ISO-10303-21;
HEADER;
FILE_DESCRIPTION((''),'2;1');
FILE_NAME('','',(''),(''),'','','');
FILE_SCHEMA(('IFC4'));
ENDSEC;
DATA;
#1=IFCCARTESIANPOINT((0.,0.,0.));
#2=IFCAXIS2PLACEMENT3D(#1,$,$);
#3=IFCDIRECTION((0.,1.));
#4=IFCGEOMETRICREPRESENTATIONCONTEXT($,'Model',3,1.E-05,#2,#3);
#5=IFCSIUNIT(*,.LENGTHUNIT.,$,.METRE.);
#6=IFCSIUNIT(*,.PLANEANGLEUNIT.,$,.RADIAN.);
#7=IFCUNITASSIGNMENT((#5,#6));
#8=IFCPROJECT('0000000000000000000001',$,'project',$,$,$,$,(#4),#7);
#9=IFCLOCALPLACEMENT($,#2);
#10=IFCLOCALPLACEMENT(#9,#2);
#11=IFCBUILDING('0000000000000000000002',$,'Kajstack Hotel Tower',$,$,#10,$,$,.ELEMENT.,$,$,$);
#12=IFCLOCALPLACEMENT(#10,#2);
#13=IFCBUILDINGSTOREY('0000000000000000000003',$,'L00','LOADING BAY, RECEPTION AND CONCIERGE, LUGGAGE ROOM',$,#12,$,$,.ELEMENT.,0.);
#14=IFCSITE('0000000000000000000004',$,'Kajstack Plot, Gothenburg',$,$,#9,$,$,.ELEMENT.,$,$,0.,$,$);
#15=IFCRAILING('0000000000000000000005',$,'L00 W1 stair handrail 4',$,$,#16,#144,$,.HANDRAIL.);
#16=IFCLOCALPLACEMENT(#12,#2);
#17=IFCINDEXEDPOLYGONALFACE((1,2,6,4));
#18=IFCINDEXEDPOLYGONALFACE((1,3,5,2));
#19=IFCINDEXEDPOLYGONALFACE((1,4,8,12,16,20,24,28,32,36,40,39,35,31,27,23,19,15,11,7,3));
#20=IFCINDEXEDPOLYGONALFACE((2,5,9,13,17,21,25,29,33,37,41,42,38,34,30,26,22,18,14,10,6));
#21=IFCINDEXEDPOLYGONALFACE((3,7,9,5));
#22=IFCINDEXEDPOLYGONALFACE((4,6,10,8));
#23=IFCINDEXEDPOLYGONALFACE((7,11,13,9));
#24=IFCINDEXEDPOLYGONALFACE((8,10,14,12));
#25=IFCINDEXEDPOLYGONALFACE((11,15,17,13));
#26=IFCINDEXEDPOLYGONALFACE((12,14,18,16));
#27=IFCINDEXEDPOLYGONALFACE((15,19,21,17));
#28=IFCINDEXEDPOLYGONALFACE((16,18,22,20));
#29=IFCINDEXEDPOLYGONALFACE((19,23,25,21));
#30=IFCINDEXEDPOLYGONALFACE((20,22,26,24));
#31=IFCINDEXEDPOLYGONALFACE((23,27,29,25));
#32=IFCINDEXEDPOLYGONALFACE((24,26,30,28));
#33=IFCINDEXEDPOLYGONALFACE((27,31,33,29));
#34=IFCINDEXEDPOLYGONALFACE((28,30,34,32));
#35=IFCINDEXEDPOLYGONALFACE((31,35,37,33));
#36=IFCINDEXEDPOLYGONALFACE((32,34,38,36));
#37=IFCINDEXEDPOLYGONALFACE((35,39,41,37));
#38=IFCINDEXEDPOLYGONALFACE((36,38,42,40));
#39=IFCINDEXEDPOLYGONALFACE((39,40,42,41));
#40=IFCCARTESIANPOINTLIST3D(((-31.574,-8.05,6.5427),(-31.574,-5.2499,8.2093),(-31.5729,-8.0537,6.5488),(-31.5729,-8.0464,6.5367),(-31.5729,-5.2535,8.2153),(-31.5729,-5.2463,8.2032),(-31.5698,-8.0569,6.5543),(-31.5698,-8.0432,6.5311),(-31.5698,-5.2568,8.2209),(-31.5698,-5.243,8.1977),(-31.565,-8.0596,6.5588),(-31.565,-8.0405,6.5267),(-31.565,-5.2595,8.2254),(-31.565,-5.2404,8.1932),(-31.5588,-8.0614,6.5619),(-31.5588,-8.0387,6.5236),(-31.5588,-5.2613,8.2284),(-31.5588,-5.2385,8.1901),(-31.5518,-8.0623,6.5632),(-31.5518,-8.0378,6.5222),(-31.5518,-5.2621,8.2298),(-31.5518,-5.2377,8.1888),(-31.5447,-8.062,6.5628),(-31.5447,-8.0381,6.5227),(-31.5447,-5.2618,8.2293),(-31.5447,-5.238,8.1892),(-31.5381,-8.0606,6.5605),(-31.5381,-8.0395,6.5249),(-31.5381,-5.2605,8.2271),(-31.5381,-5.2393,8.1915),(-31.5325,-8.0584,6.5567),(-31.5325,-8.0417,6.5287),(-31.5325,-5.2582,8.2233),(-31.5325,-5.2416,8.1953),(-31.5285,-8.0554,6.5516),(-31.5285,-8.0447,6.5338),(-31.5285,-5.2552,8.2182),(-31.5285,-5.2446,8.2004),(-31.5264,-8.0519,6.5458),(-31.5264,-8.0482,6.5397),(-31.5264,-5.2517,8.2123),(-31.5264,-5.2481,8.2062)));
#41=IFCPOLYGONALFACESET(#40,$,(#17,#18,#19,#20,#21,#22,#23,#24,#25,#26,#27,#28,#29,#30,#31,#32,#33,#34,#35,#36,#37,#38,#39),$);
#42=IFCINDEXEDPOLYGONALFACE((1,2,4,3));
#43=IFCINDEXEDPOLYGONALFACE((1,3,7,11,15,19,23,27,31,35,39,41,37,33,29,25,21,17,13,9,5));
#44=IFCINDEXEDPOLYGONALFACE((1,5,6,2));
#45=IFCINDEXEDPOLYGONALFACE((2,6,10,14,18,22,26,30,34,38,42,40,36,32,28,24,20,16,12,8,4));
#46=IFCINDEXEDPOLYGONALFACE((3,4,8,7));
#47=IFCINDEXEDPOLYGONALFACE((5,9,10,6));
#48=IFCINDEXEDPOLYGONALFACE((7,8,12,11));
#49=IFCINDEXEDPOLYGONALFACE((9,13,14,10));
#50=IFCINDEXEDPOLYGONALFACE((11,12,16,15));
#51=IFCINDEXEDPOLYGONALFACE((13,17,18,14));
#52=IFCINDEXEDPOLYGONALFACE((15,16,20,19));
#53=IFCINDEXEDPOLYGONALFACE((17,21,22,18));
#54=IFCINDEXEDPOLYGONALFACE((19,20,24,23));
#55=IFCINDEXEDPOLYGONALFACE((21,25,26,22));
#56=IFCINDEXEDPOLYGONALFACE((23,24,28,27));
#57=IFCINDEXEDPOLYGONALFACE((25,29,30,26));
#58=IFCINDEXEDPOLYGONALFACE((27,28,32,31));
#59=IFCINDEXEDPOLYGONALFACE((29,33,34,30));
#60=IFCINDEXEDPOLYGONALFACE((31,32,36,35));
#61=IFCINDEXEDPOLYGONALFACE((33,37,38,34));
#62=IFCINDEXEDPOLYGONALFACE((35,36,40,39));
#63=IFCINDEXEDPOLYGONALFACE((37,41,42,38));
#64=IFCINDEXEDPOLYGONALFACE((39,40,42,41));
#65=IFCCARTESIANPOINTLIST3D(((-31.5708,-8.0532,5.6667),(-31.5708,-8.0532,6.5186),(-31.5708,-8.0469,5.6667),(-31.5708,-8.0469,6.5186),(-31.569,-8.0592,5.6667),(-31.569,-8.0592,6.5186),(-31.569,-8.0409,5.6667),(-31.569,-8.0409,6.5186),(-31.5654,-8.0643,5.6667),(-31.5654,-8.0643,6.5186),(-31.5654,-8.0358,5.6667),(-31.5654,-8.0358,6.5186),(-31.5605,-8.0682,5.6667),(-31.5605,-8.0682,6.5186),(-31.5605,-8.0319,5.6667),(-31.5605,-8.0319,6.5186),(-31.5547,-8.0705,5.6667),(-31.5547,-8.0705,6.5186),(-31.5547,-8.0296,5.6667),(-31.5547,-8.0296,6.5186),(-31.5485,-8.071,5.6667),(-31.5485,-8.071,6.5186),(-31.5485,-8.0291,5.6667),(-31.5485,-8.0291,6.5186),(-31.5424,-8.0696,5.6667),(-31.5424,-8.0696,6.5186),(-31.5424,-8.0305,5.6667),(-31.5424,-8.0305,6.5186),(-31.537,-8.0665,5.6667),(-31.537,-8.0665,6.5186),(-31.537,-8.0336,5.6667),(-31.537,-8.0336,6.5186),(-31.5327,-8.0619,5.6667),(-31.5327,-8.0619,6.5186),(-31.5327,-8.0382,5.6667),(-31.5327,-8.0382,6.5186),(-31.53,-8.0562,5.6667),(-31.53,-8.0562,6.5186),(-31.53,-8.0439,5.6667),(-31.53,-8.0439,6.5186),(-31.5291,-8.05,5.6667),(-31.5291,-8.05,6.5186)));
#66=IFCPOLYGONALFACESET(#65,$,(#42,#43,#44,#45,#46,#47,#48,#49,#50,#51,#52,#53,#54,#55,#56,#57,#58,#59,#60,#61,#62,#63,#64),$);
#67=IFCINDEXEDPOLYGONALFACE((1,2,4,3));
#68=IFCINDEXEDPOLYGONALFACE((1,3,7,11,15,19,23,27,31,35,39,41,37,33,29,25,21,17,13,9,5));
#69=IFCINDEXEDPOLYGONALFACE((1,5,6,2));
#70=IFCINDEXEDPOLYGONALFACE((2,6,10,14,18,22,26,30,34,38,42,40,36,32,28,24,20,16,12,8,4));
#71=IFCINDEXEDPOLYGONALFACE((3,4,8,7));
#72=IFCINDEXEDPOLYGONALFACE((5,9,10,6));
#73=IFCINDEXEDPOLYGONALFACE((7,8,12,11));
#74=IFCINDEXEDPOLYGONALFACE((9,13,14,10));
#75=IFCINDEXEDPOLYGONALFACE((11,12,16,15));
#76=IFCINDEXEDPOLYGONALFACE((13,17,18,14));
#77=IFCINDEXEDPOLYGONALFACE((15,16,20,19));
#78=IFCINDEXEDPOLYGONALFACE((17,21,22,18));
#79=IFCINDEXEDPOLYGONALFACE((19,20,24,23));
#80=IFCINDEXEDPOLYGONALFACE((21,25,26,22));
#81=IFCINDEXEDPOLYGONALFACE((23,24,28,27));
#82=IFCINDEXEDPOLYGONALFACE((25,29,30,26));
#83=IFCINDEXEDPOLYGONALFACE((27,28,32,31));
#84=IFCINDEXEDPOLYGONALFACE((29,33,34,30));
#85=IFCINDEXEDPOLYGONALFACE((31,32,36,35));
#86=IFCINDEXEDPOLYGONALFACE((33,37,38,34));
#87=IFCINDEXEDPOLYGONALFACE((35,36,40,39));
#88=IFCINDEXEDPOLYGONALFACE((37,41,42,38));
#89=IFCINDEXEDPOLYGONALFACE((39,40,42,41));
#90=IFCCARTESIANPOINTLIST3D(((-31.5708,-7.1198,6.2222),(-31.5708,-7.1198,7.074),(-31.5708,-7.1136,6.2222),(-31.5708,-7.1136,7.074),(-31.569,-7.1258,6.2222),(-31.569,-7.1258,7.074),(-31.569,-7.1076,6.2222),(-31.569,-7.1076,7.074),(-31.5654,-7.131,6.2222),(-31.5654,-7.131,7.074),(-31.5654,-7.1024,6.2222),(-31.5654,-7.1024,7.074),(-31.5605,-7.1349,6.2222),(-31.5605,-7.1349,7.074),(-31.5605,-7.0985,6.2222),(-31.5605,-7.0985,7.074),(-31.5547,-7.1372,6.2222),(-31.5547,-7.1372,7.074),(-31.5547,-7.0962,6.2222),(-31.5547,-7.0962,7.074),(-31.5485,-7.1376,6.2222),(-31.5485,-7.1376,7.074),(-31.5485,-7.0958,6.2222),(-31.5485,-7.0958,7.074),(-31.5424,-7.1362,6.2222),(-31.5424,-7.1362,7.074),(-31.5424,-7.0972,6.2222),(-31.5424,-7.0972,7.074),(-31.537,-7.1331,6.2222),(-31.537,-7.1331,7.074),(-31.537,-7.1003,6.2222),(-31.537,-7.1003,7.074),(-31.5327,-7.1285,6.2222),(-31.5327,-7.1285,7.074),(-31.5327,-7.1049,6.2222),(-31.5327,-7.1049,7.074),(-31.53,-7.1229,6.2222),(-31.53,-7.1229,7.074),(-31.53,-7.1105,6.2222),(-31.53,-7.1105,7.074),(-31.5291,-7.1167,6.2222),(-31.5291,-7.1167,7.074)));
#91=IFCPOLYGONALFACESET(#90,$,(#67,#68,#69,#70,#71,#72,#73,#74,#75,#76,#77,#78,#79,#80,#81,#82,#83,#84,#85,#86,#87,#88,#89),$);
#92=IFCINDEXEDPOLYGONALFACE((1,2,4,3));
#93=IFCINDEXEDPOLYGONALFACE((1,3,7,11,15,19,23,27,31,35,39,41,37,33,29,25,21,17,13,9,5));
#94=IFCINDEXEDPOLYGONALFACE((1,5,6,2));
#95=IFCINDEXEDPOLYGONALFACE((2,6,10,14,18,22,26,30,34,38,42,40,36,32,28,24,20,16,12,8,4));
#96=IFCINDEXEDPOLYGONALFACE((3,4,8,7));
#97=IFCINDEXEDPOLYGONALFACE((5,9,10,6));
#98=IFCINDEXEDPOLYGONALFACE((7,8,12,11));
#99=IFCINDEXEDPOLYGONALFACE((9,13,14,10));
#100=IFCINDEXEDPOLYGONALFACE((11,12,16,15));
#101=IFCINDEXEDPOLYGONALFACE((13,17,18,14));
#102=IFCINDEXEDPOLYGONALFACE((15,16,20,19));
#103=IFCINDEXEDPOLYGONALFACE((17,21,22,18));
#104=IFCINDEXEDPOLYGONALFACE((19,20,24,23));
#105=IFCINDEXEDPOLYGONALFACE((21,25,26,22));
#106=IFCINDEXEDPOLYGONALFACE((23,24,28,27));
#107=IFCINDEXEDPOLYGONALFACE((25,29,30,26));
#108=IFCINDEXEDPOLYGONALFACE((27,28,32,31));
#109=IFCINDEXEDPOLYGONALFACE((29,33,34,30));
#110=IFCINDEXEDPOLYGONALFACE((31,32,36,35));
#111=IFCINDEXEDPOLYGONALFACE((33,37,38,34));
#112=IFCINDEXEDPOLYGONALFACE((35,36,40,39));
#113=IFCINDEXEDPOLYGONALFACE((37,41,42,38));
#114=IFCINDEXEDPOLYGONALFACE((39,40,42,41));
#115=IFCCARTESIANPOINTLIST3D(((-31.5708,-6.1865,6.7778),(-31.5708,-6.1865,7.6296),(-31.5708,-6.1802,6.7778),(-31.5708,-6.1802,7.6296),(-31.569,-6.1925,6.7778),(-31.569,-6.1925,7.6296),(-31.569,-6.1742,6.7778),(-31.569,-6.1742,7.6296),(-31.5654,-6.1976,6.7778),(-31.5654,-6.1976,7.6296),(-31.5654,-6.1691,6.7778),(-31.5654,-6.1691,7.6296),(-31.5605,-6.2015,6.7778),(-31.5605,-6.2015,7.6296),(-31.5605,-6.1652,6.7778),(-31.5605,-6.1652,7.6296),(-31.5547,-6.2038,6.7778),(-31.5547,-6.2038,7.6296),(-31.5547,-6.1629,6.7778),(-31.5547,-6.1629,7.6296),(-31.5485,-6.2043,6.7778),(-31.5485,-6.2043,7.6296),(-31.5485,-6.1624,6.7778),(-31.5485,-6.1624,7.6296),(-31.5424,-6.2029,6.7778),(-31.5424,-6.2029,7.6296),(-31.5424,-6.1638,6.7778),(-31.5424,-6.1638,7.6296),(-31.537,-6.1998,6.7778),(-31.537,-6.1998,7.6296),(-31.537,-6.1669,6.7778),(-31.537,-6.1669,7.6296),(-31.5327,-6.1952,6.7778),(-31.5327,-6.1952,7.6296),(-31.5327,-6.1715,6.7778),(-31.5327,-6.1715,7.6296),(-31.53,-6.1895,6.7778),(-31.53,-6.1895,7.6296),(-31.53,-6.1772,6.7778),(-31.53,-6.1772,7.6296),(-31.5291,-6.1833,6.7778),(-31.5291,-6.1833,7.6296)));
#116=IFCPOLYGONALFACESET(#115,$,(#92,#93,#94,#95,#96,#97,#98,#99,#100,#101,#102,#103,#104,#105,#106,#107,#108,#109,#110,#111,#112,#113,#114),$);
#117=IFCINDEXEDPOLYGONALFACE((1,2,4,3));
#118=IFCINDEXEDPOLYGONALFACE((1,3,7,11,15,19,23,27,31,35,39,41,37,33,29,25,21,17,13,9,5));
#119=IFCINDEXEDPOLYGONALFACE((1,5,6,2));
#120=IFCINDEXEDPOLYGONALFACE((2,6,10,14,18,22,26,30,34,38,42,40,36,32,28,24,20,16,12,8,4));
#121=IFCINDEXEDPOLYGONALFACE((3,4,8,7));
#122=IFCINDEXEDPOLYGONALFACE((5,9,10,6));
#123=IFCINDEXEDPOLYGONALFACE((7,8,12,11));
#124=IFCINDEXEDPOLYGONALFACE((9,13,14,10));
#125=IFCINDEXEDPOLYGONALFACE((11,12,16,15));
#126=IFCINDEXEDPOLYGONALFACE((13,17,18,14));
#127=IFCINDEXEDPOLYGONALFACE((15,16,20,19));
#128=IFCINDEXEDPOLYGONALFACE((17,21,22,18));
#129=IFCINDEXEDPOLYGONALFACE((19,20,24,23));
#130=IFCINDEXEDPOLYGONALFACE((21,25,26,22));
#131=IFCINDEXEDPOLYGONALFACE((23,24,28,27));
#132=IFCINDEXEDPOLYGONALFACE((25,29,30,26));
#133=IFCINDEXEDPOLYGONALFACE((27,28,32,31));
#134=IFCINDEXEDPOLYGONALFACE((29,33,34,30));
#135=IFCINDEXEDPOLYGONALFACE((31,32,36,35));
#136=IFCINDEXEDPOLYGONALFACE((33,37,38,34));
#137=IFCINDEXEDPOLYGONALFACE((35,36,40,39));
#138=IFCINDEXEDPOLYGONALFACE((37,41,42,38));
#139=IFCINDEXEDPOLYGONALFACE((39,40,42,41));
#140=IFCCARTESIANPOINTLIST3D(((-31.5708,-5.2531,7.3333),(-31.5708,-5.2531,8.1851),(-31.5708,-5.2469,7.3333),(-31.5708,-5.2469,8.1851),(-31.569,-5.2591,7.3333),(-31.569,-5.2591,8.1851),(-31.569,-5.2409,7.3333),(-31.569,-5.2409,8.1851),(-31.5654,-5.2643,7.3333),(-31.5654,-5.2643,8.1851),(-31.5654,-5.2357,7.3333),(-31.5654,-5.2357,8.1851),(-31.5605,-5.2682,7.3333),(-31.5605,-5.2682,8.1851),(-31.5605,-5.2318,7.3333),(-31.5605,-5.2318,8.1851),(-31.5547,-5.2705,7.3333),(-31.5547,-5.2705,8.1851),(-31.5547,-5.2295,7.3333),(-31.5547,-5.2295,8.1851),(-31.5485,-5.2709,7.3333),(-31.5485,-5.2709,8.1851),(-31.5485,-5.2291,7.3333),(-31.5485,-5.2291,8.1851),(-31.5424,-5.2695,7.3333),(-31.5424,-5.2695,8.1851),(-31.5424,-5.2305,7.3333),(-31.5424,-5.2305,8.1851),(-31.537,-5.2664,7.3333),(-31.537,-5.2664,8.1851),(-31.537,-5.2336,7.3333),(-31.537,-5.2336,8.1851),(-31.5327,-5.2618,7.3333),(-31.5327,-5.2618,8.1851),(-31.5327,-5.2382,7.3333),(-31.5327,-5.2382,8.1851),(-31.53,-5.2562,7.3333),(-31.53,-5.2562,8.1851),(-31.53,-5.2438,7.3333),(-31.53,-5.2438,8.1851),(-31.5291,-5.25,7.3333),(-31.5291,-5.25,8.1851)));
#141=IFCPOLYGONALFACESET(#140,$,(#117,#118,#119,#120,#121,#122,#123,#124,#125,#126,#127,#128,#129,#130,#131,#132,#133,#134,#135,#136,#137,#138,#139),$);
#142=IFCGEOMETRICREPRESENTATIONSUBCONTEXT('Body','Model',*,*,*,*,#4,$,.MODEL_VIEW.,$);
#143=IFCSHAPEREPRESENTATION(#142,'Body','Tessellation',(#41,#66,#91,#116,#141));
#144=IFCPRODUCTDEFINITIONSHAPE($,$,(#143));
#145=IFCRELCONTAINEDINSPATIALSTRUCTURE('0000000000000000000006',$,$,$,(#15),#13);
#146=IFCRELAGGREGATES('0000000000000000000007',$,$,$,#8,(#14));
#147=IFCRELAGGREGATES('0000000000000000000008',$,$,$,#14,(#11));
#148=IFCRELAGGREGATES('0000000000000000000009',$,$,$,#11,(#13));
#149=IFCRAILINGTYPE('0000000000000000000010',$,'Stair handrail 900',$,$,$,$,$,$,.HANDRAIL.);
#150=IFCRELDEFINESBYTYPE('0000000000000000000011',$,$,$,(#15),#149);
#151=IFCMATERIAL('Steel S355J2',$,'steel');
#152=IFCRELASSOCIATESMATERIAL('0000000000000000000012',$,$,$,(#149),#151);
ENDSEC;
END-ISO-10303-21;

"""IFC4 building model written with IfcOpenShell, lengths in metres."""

from ifc_helpers import new_model, si_unit, direction, frame, origin, origin_2d, place, context, subcontext, project, spatial, circle, extrude, material, type_object, element, save


model = new_model("IFC4")

# Units and contexts
model_context = context("Model", 3, precision=1e-05, world=origin(), true_north=direction((0.0, 1.0)))
body_context = subcontext(model_context, "Body", "Model", "MODEL_VIEW")
ifc_project = project(units=[si_unit("LENGTHUNIT", "METRE"), si_unit("PLANEANGLEUNIT", "RADIAN")], contexts=[model_context])

# Site, building, storey
site_placement = place(None, origin())
site = spatial("IfcSite", under=ifc_project, at=site_placement, Name="Kajstack Plot, Gothenburg", CompositionType="ELEMENT", RefElevation=0.0)
building_placement = place(site_placement, origin())
building = spatial("IfcBuilding", under=site, at=building_placement, Name="Kajstack Hotel Tower", CompositionType="ELEMENT")
storey_placement = place(building_placement, origin())
storey = spatial("IfcBuildingStorey", under=building, at=storey_placement, Name="L00", Description="LOADING BAY, RECEPTION AND CONCIERGE, LUGGAGE ROOM", CompositionType="ELEMENT", Elevation=0.0)

# Railing
ifc_material_1 = material(Name="Steel S355J2", Category="steel")
railing_type_1 = type_object("IfcRailingType", Name="Stair handrail 900", PredefinedType="HANDRAIL", material=ifc_material_1)
railing_1_placement = place(storey_placement, frame((-31.55, -8.05, 5.6667)))
element("IfcRailing", 1, at=railing_1_placement, inside=storey, type_object=railing_type_1, Name="L00 W1 stair handrail 4", PredefinedType="HANDRAIL", context=body_context, shape_type="SweptSolid", body=[
    extrude(circle(Radius=0.0239, at=origin_2d()), frame((0.0, 0.0, 0.876), z_axis=(0.0, 0.859319, 0.51144), x_axis=(-1.0, 0.0, 0.0)), (0.0, 0.0, 1.0), 3.2585),
    extrude(circle(Radius=0.021, at=origin_2d()), origin(), (0.0, 0.0, 1.0), 0.8518),
    extrude(circle(Radius=0.021, at=origin_2d()), frame((0.0, 0.9333, 0.5554)), (0.0, 0.0, 1.0), 0.8518),
    extrude(circle(Radius=0.021, at=origin_2d()), frame((0.0, 1.8667, 1.1111)), (0.0, 0.0, 1.0), 0.8518),
    extrude(circle(Radius=0.021, at=origin_2d()), frame((0.0, 2.8, 1.6665)), (0.0, 0.0, 1.0), 0.8518),
])

save(model, "model.ifc")
